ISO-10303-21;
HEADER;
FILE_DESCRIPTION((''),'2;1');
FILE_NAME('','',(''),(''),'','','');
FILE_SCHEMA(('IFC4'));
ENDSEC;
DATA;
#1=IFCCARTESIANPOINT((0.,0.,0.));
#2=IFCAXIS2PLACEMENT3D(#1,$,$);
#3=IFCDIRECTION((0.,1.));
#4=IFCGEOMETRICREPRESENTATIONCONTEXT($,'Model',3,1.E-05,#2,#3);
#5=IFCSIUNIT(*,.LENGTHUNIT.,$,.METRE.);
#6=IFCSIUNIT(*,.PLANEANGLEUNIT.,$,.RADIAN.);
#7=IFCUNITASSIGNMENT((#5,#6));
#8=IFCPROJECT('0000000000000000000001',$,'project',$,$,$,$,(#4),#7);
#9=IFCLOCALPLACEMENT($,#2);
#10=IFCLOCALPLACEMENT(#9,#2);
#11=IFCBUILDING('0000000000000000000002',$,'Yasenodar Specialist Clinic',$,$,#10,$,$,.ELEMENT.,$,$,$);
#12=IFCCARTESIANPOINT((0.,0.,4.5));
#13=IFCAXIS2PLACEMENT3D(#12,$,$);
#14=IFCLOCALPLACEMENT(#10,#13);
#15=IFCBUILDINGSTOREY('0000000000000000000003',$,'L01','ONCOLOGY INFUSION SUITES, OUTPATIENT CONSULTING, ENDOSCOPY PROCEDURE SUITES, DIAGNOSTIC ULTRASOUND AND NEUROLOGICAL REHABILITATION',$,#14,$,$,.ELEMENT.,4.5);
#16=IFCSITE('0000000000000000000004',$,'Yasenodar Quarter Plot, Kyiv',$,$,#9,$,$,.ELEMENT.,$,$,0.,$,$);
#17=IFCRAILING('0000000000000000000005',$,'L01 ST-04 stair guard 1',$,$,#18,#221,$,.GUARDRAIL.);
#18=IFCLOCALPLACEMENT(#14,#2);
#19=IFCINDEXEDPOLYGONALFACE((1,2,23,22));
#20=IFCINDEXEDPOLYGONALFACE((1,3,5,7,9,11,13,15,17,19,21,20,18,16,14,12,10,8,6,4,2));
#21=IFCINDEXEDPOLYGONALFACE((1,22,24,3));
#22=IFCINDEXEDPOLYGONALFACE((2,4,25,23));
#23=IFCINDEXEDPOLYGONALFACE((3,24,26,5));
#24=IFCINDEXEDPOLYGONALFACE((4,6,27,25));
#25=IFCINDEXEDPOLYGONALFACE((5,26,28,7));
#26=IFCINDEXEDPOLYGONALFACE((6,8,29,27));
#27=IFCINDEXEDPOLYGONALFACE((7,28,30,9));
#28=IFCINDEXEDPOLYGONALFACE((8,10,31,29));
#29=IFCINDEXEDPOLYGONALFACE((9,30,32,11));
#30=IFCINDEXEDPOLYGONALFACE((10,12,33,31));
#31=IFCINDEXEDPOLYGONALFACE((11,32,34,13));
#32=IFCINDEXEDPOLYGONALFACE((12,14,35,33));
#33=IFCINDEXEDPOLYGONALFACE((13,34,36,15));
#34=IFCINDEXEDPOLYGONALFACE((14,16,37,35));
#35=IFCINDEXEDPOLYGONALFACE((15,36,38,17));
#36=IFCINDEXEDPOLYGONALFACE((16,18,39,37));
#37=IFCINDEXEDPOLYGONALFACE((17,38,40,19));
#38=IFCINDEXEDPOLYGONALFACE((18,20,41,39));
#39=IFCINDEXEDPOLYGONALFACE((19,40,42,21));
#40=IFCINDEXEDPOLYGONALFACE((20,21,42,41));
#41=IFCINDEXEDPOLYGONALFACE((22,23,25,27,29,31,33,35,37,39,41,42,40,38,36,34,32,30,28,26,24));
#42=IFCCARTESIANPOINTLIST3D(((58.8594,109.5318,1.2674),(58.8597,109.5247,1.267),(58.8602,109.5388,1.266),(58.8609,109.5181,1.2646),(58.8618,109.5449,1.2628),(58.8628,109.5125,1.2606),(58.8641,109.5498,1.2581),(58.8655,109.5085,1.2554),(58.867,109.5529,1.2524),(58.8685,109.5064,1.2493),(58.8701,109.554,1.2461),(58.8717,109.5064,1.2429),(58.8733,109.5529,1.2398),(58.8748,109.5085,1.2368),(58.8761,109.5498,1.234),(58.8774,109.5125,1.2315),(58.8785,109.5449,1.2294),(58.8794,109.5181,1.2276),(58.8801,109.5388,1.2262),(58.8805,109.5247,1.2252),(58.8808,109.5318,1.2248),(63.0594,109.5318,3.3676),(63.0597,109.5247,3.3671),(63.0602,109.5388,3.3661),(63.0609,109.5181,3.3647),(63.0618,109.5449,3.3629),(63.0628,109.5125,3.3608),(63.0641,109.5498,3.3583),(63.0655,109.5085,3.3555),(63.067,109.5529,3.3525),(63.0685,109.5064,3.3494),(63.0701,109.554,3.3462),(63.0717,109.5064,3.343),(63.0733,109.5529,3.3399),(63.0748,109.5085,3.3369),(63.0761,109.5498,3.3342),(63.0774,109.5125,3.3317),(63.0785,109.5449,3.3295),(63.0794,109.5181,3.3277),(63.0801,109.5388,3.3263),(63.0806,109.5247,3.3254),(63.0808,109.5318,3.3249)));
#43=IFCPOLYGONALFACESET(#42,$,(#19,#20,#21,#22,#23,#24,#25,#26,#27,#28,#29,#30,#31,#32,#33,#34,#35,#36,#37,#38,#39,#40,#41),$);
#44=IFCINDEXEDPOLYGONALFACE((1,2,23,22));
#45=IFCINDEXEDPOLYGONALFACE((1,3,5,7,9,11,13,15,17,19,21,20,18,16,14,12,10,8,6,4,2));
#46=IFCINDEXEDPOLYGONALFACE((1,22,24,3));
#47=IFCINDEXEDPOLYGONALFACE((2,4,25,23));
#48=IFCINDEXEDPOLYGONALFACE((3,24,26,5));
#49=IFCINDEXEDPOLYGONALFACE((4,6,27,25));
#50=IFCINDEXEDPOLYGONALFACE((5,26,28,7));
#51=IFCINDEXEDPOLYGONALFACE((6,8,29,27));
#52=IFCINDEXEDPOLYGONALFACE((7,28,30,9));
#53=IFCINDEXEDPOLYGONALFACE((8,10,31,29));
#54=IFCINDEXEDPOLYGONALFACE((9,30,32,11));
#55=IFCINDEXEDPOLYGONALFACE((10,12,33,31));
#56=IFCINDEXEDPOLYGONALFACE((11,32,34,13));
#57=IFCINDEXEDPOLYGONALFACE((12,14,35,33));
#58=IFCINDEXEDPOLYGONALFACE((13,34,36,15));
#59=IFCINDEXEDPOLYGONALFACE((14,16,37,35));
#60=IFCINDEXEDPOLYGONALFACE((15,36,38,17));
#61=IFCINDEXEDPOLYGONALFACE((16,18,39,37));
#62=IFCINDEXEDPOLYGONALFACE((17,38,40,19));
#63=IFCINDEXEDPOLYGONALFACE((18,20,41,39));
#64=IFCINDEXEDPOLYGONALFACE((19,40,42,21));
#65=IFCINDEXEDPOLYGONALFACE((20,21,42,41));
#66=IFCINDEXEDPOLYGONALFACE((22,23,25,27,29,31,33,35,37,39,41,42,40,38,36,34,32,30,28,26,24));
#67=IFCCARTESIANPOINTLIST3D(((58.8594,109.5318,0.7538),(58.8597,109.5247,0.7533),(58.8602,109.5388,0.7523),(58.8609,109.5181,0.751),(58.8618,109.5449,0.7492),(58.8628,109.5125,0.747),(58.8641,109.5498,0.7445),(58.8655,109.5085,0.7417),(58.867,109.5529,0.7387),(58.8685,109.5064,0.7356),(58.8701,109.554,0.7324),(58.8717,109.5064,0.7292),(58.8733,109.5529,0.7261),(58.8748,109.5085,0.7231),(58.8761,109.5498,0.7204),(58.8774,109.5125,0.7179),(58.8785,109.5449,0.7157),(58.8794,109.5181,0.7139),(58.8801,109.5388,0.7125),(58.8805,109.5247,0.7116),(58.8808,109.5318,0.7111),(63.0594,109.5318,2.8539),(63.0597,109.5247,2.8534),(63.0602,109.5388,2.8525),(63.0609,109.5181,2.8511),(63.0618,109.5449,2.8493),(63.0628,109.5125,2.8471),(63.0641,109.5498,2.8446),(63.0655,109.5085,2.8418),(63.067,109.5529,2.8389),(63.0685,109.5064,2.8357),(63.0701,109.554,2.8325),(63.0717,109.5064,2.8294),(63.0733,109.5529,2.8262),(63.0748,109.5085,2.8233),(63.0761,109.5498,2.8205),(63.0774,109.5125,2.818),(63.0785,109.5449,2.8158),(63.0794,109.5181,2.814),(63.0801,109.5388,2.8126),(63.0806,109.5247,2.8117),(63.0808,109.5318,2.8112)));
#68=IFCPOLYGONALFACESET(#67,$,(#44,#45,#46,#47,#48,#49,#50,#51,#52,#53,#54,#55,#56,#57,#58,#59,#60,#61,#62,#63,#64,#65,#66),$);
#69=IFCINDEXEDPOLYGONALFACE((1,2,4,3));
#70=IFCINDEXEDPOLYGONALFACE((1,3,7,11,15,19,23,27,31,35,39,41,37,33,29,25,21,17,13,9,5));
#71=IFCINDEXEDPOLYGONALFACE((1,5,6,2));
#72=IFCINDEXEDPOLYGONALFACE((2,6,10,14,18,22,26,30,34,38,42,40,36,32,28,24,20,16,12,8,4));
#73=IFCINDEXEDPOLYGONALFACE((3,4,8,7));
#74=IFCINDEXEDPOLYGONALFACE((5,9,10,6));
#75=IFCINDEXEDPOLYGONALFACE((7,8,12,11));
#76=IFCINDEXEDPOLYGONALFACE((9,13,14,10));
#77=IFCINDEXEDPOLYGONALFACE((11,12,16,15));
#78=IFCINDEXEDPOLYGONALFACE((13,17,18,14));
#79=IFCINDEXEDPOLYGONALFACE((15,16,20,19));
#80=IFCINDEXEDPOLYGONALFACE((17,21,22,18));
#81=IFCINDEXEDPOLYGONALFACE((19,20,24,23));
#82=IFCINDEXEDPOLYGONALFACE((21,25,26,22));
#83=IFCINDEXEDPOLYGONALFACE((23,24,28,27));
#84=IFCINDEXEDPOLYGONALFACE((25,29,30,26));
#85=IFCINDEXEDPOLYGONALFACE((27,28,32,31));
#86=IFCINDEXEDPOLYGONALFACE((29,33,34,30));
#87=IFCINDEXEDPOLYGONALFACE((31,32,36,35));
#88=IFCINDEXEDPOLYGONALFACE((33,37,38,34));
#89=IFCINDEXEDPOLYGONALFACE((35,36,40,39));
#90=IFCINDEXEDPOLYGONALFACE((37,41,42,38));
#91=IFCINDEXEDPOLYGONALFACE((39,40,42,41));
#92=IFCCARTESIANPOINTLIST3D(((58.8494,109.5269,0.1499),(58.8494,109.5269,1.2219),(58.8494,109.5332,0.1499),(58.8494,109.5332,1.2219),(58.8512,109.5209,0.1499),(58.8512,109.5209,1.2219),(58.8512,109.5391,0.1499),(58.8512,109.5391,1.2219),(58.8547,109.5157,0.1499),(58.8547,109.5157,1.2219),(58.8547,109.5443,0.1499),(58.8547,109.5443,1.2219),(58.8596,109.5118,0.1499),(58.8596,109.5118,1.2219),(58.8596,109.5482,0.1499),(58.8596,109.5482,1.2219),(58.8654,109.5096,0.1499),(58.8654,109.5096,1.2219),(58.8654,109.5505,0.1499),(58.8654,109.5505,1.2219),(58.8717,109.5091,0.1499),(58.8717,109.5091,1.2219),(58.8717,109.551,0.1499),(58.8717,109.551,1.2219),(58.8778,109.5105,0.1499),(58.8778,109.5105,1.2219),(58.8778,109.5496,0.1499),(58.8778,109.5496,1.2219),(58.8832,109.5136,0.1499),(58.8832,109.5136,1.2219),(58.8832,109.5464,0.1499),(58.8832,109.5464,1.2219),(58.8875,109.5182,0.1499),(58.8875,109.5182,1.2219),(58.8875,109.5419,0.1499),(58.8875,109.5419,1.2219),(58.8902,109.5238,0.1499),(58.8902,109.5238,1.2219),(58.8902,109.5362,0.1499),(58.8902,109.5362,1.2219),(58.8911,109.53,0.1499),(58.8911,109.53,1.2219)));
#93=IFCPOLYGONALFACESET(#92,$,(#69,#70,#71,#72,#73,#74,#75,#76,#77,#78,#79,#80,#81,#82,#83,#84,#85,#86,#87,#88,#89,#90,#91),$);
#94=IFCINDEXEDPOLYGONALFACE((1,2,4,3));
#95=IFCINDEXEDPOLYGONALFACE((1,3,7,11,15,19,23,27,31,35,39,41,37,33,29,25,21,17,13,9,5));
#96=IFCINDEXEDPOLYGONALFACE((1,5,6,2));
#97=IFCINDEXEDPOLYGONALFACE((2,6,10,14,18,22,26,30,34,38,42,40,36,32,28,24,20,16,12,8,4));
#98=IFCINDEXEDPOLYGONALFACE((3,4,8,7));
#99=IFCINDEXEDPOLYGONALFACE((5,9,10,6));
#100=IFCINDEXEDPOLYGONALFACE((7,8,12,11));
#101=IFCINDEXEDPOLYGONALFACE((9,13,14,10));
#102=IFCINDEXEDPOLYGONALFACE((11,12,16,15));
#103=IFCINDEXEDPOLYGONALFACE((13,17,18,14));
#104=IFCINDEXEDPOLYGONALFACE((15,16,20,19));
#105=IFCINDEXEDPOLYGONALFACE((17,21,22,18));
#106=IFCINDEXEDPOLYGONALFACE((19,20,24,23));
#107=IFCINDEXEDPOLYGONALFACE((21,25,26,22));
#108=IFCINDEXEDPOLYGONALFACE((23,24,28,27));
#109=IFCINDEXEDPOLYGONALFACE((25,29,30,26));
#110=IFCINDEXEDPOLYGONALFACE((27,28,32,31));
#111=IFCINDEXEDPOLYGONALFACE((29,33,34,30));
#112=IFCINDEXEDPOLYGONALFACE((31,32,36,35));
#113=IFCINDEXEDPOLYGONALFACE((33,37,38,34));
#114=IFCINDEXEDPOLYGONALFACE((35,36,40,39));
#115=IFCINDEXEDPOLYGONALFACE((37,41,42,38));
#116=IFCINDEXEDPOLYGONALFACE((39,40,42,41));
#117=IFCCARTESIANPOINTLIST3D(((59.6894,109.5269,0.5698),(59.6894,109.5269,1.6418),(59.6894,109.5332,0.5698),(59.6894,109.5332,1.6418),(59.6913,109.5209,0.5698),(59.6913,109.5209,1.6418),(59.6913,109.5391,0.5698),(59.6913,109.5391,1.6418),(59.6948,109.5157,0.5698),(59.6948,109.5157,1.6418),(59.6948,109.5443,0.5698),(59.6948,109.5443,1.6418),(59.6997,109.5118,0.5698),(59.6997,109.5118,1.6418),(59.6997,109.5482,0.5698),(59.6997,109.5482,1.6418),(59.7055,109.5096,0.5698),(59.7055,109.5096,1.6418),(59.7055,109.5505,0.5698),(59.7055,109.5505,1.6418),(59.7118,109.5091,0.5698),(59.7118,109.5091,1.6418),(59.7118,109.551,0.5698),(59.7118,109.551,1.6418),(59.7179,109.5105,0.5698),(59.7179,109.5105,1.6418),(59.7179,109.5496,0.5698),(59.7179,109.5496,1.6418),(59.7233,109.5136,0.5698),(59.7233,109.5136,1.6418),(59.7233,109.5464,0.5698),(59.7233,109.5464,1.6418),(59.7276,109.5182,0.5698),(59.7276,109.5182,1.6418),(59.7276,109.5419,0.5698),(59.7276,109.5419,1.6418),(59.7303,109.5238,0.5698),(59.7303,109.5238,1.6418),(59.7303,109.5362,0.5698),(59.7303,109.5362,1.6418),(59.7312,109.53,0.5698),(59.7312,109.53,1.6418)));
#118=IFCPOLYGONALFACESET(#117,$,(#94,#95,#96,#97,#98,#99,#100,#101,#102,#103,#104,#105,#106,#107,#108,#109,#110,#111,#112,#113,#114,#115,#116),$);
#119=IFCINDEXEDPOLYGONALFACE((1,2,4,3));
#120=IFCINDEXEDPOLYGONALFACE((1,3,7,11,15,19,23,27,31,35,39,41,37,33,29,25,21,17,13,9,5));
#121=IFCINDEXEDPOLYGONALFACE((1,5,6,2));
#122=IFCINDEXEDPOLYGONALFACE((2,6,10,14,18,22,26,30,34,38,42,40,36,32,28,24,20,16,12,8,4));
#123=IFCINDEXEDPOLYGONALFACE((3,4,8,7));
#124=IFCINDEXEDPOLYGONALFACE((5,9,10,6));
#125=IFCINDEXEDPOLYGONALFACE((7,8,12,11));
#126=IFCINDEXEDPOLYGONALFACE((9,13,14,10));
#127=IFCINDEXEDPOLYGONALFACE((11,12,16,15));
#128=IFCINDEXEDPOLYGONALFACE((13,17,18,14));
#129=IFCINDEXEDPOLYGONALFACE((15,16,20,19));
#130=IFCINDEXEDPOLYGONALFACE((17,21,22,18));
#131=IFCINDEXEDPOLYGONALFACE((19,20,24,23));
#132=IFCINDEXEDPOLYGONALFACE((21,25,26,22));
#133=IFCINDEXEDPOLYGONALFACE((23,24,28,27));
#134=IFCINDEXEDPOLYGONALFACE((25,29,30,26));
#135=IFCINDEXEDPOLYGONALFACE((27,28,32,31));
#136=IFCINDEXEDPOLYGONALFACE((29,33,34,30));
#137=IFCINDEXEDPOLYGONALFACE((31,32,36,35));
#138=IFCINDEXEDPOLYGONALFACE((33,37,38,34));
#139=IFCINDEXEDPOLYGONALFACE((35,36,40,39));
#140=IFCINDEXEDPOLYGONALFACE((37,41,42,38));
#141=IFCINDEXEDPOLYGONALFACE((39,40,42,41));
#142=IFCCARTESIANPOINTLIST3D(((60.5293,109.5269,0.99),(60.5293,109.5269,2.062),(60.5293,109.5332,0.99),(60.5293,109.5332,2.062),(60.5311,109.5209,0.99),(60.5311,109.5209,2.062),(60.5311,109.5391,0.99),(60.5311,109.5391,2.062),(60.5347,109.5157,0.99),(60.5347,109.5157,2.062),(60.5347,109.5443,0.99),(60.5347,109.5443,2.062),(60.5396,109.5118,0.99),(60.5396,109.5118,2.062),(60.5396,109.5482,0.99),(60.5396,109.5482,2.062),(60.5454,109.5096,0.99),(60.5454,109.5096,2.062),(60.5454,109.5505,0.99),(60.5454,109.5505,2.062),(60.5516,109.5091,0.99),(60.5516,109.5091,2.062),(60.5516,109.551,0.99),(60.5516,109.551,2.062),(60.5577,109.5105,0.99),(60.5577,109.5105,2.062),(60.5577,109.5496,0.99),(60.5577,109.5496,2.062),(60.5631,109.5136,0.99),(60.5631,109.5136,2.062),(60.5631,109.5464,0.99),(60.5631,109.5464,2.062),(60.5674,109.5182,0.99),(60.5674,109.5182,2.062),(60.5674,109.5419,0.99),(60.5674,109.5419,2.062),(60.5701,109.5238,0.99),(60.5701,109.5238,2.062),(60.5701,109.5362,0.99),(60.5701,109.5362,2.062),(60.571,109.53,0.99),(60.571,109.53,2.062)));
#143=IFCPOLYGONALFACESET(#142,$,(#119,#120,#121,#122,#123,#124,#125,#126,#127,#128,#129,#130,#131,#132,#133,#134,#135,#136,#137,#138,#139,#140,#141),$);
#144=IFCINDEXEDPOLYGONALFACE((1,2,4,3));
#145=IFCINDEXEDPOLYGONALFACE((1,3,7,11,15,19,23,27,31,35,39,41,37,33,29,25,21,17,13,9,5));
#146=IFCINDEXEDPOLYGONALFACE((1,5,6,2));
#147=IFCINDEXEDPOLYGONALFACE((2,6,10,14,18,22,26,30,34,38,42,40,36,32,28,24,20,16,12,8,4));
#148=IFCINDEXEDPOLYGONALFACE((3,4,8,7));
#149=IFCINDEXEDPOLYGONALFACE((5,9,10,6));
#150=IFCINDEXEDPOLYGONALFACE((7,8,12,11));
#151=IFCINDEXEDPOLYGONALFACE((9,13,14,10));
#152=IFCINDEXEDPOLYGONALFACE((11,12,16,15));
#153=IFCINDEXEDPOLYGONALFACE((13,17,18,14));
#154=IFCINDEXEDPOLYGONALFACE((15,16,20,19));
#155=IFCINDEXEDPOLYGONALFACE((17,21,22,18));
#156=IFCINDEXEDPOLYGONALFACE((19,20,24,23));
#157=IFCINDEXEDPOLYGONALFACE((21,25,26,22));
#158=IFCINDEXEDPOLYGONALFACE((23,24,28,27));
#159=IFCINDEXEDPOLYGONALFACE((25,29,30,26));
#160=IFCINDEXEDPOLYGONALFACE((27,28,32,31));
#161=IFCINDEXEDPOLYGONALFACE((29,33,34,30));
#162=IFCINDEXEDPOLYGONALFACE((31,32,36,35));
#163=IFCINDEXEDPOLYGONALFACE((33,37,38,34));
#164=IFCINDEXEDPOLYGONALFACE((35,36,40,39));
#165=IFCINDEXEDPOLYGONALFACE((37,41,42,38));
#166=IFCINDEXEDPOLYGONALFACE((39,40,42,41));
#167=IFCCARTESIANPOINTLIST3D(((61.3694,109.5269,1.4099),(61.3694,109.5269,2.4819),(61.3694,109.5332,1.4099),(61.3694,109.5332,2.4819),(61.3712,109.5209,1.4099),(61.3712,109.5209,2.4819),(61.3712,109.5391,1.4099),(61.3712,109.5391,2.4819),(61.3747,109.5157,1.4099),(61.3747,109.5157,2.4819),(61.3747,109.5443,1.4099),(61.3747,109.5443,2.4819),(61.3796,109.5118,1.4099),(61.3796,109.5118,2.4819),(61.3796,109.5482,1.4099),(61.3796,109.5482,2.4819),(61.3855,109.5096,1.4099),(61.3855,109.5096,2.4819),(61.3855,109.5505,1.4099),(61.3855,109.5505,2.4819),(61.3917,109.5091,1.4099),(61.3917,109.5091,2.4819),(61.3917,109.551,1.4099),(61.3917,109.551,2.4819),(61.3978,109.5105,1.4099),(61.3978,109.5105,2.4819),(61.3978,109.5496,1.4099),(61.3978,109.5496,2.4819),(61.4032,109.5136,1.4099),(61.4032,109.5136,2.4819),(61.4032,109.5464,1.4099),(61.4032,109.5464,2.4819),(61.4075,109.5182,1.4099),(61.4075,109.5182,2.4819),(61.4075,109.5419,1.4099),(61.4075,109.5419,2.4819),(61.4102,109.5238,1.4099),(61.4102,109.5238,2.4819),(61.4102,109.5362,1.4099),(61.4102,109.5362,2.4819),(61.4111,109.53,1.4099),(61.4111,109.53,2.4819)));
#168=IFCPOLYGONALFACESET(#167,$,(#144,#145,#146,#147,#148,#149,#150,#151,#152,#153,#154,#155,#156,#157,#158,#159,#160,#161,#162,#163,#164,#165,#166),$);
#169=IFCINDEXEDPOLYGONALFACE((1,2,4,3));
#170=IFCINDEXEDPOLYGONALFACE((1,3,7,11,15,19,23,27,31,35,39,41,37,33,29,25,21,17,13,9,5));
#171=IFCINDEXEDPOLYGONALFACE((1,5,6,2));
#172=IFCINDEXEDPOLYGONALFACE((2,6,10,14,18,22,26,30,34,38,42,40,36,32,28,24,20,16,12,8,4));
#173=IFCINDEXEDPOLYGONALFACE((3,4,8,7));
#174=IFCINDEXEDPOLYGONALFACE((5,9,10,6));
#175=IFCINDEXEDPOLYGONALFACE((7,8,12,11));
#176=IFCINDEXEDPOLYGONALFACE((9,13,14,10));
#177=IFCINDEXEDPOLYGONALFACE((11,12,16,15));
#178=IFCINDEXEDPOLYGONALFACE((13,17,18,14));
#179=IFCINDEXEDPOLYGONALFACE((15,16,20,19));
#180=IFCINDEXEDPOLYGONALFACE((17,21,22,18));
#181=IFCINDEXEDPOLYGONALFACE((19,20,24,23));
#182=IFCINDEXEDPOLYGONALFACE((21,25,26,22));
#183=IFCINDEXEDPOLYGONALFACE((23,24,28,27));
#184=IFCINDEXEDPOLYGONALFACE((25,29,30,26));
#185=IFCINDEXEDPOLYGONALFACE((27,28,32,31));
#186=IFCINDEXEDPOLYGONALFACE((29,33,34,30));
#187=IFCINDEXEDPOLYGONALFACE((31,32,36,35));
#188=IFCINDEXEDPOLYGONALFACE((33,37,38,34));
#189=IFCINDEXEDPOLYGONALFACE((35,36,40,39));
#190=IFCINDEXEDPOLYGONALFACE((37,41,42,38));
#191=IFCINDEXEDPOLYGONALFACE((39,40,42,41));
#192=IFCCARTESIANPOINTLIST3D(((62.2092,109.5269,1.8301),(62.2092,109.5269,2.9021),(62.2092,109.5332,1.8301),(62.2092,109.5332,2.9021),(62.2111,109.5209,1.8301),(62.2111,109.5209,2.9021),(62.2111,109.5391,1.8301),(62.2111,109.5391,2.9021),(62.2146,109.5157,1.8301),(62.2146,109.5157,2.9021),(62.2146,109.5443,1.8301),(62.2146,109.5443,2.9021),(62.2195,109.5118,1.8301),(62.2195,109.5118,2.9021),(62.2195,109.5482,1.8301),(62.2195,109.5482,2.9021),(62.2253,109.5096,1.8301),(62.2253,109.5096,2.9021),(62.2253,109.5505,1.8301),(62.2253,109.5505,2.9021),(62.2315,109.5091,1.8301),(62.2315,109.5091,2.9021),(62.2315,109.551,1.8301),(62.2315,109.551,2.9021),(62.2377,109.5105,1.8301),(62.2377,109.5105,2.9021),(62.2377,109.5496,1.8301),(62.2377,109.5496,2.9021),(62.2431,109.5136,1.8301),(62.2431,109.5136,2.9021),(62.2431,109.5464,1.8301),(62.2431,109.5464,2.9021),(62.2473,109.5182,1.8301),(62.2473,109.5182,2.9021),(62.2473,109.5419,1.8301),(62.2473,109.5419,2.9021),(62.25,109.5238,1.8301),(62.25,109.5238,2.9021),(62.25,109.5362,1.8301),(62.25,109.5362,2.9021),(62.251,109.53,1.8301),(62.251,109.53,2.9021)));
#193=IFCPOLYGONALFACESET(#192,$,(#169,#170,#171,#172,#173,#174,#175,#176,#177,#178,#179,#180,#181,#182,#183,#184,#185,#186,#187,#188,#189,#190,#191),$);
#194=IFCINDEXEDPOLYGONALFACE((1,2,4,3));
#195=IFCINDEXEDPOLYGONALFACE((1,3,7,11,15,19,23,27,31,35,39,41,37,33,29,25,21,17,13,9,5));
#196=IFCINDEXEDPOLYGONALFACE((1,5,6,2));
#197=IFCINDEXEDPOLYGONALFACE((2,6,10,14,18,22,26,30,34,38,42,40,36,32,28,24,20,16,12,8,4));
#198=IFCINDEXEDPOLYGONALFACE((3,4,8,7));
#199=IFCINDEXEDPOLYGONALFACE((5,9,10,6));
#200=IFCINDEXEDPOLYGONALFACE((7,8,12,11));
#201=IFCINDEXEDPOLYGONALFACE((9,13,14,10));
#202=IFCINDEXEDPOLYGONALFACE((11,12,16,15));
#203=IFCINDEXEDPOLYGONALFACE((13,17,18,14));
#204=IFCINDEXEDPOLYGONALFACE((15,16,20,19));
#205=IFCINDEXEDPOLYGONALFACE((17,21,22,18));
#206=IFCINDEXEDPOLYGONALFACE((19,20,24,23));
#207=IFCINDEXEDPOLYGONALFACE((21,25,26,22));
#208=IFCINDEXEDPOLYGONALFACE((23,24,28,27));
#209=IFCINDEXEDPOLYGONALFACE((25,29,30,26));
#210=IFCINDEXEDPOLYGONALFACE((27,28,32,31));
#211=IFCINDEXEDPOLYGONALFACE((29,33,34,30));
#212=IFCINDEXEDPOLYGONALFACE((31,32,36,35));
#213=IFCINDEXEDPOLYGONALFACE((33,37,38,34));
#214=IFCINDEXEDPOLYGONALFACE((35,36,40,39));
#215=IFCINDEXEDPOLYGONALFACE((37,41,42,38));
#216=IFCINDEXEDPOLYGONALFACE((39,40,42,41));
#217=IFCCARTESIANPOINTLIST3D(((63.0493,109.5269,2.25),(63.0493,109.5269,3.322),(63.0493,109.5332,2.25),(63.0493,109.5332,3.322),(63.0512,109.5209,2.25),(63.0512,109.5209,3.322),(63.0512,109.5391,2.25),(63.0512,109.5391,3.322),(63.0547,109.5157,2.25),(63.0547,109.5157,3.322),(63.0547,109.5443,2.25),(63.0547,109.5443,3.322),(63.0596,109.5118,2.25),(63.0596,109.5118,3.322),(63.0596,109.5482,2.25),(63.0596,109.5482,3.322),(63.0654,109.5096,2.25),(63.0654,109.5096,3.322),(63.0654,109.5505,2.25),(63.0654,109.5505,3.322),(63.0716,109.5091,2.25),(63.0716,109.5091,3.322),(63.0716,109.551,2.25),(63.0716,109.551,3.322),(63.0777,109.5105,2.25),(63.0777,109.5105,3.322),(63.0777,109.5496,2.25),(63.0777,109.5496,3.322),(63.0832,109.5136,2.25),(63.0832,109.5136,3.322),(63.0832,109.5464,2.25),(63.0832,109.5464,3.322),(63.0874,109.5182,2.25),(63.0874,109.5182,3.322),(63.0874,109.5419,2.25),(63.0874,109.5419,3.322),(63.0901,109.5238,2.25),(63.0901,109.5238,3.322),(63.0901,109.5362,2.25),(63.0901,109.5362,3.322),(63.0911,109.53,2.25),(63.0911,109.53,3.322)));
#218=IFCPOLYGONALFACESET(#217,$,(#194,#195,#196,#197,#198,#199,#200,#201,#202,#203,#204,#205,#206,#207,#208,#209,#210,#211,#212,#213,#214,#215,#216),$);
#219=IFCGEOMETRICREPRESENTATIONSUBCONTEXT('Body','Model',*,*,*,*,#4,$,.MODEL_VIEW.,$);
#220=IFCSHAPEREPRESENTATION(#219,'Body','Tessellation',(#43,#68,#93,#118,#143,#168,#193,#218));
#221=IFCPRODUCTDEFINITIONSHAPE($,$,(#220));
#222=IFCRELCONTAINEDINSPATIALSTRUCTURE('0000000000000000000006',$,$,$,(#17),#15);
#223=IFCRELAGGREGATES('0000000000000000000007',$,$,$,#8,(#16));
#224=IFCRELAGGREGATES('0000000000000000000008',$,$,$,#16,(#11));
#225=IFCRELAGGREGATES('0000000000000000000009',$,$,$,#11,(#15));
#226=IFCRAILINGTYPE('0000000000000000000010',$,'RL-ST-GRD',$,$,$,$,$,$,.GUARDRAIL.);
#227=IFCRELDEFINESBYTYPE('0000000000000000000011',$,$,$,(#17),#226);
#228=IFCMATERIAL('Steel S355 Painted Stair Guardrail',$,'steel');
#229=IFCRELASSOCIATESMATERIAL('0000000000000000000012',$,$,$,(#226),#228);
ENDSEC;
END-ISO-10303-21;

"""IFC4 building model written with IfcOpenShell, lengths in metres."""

from ifc_helpers import new_model, si_unit, direction, frame, origin, origin_2d, place, context, subcontext, project, spatial, circle, extrude, material, type_object, element, save


model = new_model("IFC4")

# Units and contexts
model_context = context("Model", 3, precision=1e-05, world=origin(), true_north=direction((0.0, 1.0)))
body_context = subcontext(model_context, "Body", "Model", "MODEL_VIEW")
ifc_project = project(units=[si_unit("LENGTHUNIT", "METRE"), si_unit("PLANEANGLEUNIT", "RADIAN")], contexts=[model_context])

# Site, building, storey
site_placement = place(None, origin())
site = spatial("IfcSite", under=ifc_project, at=site_placement, Name="Yasenodar Quarter Plot, Kyiv", CompositionType="ELEMENT", RefElevation=0.0)
building_placement = place(site_placement, origin())
building = spatial("IfcBuilding", under=site, at=building_placement, Name="Yasenodar Specialist Clinic", CompositionType="ELEMENT")
storey_placement = place(building_placement, frame((0.0, 0.0, 4.5)))
storey = spatial("IfcBuildingStorey", under=building, at=storey_placement, Name="L01", Description="ONCOLOGY INFUSION SUITES, OUTPATIENT CONSULTING, ENDOSCOPY PROCEDURE SUITES, DIAGNOSTIC ULTRASOUND AND NEUROLOGICAL REHABILITATION", CompositionType="ELEMENT", Elevation=4.5)

# Railing
ifc_material_1 = material(Name="Steel S355 Painted Stair Guardrail", Category="steel")
railing_type_1 = type_object("IfcRailingType", Name="RL-ST-GRD", PredefinedType="GUARDRAIL", material=ifc_material_1)
railing_1_placement = place(storey_placement, frame((58.8701, 109.53, 0.1499)))
element("IfcRailing", 1, at=railing_1_placement, inside=storey, type_object=railing_type_1, Name="L01 ST-04 stair guard 1", PredefinedType="GUARDRAIL", context=body_context, shape_type="SweptSolid", body=[
    extrude(circle(Radius=0.0239, at=origin_2d()), frame((0.0, 0.0, 1.0962), z_axis=(0.894417, 0.0, 0.447234), x_axis=(0.0, 1.0, 0.0)), (0.0, 0.0, 1.0), 4.6958),
    extrude(circle(Radius=0.0239, at=origin_2d()), frame((0.0, 0.0, 0.5825), z_axis=(0.894417, 0.0, 0.447234), x_axis=(0.0, 1.0, 0.0)), (0.0, 0.0, 1.0), 4.6958),
    extrude(circle(Radius=0.021, at=origin_2d()), origin(), (0.0, 0.0, 1.0), 1.072),
    extrude(circle(Radius=0.021, at=origin_2d()), frame((0.8401, 0.0, 0.4199)), (0.0, 0.0, 1.0), 1.072),
    extrude(circle(Radius=0.021, at=origin_2d()), frame((1.6799, 0.0, 0.8401)), (0.0, 0.0, 1.0), 1.072),
    extrude(circle(Radius=0.021, at=origin_2d()), frame((2.52, 0.0, 1.26)), (0.0, 0.0, 1.0), 1.072),
    extrude(circle(Radius=0.021, at=origin_2d()), frame((3.3599, 0.0, 1.6802)), (0.0, 0.0, 1.0), 1.072),
    extrude(circle(Radius=0.021, at=origin_2d()), frame((4.2, 0.0, 2.1001)), (0.0, 0.0, 1.0), 1.072),
])

save(model, "model.ifc")
